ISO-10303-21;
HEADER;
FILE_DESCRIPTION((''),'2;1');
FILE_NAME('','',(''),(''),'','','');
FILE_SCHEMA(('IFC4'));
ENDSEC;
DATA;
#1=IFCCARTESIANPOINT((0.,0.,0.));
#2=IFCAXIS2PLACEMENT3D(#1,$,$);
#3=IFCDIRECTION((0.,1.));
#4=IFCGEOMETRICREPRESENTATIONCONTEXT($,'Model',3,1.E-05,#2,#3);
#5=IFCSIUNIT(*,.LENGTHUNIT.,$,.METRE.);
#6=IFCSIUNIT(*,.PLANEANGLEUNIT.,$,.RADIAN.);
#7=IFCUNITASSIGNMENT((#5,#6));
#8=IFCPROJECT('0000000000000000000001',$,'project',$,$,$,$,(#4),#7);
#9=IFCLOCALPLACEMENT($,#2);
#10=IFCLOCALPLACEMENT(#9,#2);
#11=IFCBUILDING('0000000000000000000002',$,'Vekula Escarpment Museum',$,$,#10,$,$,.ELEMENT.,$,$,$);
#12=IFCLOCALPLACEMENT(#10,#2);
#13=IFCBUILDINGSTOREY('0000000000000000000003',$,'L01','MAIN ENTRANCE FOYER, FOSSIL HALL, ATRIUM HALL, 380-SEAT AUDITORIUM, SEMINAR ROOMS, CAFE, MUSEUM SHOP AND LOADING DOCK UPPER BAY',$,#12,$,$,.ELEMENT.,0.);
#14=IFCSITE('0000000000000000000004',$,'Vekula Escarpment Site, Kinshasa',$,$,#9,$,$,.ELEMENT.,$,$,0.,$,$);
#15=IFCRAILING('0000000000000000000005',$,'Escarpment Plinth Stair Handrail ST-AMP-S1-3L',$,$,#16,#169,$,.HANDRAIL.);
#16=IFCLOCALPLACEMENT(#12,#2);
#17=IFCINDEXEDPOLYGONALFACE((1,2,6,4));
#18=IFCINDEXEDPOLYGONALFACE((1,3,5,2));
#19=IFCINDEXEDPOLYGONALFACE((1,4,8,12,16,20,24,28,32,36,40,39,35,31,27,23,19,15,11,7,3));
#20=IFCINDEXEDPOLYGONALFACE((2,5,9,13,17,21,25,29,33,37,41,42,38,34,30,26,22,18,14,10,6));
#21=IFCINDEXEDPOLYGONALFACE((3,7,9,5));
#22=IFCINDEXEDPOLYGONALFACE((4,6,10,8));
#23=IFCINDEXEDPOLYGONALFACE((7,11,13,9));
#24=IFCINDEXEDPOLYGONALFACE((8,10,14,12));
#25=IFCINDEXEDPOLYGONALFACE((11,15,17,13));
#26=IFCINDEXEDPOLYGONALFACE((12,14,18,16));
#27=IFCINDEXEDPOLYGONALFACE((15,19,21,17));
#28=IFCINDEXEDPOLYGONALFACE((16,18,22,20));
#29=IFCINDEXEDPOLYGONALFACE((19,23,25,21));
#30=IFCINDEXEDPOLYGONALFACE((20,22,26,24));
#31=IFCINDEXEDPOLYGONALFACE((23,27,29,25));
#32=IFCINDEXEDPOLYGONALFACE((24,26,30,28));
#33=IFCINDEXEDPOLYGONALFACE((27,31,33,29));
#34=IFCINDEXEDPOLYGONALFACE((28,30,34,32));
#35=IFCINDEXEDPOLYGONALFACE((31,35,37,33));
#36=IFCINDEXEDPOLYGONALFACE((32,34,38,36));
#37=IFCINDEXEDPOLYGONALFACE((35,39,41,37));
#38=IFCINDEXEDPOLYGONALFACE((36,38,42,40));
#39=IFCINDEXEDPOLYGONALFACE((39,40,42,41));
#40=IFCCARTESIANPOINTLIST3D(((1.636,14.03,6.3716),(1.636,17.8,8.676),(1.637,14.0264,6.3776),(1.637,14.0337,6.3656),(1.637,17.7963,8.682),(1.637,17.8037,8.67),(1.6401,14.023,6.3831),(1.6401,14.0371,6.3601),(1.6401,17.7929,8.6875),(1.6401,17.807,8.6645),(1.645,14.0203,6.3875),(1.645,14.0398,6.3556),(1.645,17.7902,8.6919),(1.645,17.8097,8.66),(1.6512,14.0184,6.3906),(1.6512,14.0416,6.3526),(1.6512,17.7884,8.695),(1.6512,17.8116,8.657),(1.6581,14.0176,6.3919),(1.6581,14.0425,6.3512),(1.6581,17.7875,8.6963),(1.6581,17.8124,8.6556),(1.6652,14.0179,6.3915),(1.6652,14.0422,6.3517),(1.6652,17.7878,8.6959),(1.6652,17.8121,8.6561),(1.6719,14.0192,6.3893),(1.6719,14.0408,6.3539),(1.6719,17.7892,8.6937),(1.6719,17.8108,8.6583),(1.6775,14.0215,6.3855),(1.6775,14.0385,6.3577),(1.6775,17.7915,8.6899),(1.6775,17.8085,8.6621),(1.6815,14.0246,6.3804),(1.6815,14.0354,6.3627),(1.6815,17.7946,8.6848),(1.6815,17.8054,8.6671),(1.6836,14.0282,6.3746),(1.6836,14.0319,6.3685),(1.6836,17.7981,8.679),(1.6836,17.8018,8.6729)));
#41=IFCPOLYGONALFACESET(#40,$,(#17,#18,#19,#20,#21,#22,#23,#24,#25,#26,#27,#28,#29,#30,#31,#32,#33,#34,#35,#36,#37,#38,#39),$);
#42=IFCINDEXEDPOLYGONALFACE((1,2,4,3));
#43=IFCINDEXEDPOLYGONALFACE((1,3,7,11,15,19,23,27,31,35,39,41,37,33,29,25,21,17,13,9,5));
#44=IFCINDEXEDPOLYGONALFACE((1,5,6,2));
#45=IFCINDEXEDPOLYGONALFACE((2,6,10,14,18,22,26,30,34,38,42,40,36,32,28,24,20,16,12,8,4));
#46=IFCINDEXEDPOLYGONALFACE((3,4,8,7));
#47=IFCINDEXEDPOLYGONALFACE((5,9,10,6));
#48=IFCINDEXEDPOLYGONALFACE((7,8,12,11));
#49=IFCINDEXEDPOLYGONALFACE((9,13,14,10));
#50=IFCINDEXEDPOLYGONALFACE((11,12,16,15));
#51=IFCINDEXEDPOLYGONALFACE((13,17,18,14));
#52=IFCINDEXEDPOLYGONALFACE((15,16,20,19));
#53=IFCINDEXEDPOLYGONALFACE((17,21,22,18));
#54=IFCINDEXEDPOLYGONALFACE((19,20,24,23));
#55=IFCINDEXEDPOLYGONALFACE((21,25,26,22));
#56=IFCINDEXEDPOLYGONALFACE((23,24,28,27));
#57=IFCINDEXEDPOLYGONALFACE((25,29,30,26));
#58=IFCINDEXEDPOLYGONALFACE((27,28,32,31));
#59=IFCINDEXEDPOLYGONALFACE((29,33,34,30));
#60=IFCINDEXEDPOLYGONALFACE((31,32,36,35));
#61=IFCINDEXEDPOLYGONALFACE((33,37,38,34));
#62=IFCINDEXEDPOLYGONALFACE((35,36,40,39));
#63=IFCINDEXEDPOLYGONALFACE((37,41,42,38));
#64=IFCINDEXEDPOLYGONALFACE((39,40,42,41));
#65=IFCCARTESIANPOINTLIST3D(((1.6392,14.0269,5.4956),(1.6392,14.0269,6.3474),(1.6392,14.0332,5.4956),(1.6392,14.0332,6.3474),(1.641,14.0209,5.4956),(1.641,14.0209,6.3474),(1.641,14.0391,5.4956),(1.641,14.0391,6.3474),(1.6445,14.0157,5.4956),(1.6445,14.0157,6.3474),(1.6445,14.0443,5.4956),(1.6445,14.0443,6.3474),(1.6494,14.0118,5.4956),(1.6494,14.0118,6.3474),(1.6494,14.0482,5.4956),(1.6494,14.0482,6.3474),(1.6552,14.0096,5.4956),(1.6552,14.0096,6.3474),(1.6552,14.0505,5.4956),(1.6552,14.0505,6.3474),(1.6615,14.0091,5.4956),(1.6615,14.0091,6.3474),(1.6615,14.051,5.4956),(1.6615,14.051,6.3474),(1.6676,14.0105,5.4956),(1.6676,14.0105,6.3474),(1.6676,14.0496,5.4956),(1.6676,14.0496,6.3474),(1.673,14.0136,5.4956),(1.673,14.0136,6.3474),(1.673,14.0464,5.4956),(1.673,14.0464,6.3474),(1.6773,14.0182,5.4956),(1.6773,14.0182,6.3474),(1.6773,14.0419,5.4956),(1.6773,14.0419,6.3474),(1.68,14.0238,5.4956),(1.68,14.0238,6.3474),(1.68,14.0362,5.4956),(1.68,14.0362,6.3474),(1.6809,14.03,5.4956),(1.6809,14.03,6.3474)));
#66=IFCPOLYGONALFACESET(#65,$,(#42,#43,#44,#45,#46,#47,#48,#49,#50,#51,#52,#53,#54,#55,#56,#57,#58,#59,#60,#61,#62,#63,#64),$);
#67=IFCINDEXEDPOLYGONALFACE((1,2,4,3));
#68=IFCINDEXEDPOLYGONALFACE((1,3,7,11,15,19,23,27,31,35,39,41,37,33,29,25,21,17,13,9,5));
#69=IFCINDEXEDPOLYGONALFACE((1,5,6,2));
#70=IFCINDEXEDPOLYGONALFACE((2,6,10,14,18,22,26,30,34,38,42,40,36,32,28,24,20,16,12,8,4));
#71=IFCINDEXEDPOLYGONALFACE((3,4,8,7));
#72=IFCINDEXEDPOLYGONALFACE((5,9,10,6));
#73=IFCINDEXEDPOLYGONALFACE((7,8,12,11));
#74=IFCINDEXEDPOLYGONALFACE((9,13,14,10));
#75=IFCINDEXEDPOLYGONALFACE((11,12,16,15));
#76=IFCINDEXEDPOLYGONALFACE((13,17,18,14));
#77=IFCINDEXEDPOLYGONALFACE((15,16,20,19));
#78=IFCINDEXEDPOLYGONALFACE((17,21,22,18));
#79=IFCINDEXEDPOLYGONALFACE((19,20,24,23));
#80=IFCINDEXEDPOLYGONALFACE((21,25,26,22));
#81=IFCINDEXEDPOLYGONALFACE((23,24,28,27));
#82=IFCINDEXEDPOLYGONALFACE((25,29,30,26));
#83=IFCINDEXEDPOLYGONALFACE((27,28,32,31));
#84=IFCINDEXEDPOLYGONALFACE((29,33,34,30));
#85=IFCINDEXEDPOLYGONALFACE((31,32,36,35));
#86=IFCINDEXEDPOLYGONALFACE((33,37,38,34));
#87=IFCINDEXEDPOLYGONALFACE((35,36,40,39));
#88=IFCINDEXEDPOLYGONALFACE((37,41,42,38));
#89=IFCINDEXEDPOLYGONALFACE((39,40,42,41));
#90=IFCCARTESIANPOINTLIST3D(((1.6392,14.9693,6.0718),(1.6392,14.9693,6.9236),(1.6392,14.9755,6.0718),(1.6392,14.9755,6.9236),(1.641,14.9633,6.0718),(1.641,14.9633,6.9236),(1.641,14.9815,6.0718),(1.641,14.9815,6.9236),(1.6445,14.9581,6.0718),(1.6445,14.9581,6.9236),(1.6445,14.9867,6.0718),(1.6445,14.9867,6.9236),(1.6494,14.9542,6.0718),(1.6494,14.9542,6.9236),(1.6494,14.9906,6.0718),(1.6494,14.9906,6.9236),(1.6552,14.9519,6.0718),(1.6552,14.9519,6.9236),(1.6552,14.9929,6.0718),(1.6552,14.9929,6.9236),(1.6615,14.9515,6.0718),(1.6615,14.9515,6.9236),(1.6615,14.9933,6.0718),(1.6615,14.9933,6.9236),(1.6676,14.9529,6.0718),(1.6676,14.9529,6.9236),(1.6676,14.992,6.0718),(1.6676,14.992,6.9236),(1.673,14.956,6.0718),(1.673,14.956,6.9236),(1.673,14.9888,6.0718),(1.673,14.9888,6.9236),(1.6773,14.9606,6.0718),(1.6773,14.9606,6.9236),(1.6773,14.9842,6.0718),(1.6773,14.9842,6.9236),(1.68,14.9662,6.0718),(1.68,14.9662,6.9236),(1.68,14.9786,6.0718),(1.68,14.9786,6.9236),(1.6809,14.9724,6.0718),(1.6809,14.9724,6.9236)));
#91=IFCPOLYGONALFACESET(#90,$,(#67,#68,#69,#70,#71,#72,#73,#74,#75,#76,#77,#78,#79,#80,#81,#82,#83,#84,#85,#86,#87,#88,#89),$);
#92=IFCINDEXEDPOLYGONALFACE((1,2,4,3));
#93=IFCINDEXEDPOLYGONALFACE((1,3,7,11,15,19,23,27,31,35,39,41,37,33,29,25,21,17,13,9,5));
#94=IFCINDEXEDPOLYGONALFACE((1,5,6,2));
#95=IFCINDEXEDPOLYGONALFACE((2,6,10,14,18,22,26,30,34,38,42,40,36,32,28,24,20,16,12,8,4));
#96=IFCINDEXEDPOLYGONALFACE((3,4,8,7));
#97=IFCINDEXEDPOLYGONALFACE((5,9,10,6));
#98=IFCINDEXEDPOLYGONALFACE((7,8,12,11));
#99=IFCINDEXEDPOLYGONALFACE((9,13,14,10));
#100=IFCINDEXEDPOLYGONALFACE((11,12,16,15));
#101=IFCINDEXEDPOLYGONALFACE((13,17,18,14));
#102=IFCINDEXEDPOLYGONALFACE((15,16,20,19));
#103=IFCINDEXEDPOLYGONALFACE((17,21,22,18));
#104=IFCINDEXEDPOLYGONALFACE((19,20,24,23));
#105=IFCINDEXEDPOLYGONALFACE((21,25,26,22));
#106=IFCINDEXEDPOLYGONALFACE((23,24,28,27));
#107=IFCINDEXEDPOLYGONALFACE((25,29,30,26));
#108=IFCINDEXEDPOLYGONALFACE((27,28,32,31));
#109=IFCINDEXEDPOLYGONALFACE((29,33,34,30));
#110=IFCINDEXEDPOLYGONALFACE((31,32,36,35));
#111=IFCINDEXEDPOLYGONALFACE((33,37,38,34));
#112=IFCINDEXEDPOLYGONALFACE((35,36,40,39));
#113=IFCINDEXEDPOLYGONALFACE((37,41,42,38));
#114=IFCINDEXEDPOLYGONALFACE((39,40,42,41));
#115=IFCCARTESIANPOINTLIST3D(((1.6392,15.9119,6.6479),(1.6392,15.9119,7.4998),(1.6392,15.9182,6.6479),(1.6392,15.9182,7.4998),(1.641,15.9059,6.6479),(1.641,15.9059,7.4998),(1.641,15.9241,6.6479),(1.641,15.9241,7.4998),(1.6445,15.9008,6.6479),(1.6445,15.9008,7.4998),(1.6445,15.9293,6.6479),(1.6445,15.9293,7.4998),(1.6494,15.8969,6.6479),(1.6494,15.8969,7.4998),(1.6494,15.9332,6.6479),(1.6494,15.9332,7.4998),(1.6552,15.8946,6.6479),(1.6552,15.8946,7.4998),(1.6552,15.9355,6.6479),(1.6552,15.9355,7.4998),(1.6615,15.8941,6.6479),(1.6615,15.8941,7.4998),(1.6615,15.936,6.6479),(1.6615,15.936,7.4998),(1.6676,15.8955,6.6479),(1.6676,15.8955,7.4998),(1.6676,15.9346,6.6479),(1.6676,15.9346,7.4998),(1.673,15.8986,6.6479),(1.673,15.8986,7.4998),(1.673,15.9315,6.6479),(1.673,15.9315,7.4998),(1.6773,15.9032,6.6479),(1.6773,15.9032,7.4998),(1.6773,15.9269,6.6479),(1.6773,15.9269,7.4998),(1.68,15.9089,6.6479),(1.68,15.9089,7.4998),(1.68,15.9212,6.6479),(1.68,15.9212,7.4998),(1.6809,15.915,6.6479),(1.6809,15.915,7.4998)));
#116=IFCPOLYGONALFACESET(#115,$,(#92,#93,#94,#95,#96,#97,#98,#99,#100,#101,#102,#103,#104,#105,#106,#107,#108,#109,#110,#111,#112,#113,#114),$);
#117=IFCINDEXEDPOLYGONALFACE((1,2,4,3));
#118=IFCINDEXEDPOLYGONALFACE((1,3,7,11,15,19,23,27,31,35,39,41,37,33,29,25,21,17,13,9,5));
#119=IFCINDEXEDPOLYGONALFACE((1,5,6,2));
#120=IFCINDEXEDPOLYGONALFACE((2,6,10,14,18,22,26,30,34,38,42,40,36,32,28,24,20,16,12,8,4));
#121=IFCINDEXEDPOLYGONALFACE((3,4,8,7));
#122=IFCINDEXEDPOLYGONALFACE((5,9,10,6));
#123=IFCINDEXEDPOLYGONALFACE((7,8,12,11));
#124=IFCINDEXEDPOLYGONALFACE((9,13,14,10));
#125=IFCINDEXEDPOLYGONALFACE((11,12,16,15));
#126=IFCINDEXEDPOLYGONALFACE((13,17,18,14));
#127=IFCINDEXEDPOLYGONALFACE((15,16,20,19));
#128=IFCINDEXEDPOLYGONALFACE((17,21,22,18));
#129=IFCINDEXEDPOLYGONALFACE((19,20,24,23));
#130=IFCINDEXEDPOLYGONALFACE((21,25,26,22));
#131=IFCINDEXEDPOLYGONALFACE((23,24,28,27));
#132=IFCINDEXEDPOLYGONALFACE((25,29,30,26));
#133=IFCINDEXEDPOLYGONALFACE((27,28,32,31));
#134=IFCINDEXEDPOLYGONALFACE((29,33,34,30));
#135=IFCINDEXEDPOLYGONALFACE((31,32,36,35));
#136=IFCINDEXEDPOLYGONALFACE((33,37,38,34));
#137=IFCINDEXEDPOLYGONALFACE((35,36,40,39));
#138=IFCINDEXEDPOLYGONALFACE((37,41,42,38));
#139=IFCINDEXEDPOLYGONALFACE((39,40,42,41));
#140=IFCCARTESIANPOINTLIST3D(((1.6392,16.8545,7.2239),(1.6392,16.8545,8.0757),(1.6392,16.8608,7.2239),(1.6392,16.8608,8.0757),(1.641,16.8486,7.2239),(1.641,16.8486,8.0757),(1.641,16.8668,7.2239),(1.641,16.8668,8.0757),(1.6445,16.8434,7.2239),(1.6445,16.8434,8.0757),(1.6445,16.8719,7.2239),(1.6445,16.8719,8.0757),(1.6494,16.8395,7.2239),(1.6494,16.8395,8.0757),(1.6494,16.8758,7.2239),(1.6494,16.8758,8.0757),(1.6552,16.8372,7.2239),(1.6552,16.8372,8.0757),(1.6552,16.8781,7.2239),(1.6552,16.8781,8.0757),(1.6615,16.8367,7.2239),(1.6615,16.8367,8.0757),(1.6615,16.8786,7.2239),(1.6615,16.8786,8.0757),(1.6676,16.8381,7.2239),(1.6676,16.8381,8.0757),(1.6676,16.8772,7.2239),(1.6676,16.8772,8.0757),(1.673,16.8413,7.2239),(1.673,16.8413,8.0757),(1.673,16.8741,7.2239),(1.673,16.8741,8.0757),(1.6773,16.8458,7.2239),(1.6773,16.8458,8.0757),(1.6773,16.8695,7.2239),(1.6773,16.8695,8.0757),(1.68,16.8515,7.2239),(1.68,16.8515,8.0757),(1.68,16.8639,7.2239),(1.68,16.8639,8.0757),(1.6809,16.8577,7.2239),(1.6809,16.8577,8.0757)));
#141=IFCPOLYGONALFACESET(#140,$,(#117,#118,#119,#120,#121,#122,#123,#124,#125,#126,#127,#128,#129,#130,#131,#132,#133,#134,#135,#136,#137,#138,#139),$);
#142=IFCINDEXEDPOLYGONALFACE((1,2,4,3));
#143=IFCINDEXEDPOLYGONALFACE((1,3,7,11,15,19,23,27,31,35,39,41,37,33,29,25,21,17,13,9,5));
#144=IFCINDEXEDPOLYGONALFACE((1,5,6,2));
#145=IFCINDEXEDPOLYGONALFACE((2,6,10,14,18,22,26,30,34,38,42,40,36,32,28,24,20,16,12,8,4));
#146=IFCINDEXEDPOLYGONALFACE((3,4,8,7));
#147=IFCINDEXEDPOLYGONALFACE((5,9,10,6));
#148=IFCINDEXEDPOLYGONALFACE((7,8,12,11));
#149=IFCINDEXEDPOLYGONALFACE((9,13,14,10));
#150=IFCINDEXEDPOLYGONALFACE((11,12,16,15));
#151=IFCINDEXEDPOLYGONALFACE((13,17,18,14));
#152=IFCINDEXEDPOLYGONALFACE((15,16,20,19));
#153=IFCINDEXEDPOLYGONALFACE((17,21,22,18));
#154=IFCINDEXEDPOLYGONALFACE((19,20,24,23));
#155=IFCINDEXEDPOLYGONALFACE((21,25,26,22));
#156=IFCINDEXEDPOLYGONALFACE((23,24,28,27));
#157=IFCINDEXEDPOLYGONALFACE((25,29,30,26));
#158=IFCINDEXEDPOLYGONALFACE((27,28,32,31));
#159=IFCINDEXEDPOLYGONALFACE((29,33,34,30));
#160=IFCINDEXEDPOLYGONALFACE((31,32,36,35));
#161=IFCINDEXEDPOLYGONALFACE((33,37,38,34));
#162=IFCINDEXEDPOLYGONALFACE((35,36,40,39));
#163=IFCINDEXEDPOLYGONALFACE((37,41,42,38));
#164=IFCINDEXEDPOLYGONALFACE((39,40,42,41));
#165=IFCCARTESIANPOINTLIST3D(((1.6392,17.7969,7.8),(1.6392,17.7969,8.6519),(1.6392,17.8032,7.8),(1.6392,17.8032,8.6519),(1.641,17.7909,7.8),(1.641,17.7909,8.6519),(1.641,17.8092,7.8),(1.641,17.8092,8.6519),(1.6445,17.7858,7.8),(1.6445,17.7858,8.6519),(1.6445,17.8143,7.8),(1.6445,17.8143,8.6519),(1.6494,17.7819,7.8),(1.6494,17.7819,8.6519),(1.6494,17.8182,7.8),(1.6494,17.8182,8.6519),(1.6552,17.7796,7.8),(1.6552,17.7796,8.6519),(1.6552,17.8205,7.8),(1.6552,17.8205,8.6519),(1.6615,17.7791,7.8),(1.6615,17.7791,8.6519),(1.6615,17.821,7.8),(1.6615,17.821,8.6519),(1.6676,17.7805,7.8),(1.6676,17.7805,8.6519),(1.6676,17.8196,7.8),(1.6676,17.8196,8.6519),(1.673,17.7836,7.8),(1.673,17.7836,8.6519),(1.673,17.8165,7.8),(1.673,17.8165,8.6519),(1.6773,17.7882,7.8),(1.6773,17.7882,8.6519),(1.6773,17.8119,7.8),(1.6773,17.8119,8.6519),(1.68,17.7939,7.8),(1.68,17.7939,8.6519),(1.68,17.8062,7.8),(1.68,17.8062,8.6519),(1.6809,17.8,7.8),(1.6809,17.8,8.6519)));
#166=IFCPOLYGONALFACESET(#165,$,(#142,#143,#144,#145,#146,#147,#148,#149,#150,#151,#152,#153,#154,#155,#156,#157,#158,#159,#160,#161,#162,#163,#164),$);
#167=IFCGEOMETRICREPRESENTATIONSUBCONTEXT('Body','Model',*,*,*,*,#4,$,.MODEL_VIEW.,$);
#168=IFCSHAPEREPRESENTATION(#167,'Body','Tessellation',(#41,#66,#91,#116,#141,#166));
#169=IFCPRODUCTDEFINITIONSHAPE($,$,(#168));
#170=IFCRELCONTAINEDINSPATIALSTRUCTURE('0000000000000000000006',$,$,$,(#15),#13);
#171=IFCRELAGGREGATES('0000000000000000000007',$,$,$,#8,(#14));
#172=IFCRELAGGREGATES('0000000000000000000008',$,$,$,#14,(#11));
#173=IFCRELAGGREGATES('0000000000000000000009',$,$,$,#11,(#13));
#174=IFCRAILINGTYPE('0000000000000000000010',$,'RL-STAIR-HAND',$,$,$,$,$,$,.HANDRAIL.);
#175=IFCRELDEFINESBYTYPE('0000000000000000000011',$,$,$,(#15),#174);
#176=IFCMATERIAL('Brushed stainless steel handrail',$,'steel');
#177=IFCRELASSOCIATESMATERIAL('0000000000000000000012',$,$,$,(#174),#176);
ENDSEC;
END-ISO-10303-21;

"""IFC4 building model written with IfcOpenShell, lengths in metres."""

from ifc_helpers import new_model, si_unit, direction, frame, origin, origin_2d, place, context, subcontext, project, spatial, circle, extrude, material, type_object, element, save


model = new_model("IFC4")

# Units and contexts
model_context = context("Model", 3, precision=1e-05, world=origin(), true_north=direction((0.0, 1.0)))
body_context = subcontext(model_context, "Body", "Model", "MODEL_VIEW")
ifc_project = project(units=[si_unit("LENGTHUNIT", "METRE"), si_unit("PLANEANGLEUNIT", "RADIAN")], contexts=[model_context])

# Site, building, storey
site_placement = place(None, origin())
site = spatial("IfcSite", under=ifc_project, at=site_placement, Name="Vekula Escarpment Site, Kinshasa", CompositionType="ELEMENT", RefElevation=0.0)
building_placement = place(site_placement, origin())
building = spatial("IfcBuilding", under=site, at=building_placement, Name="Vekula Escarpment Museum", CompositionType="ELEMENT")
storey_placement = place(building_placement, origin())
storey = spatial("IfcBuildingStorey", under=building, at=storey_placement, Name="L01", Description="MAIN ENTRANCE FOYER, FOSSIL HALL, ATRIUM HALL, 380-SEAT AUDITORIUM, SEMINAR ROOMS, CAFE, MUSEUM SHOP AND LOADING DOCK UPPER BAY", CompositionType="ELEMENT", Elevation=0.0)

# Railing
ifc_material_1 = material(Name="Brushed stainless steel handrail", Category="steel")
railing_type_1 = type_object("IfcRailingType", Name="RL-STAIR-HAND", PredefinedType="HANDRAIL", material=ifc_material_1)
railing_1_placement = place(storey_placement, frame((1.6599, 14.03, 5.4956)))
element("IfcRailing", 1, at=railing_1_placement, inside=storey, type_object=railing_type_1, Name="Escarpment Plinth Stair Handrail ST-AMP-S1-3L", PredefinedType="HANDRAIL", context=body_context, shape_type="SweptSolid", body=[
    extrude(circle(Radius=0.0239, at=origin_2d()), frame((0.0, 0.0, 0.876), z_axis=(0.0, 0.853227, 0.521539), x_axis=(-1.0, 0.0, 0.0)), (0.0, 0.0, 1.0), 4.4185),
    extrude(circle(Radius=0.021, at=origin_2d()), origin(), (0.0, 0.0, 1.0), 0.8518),
    extrude(circle(Radius=0.021, at=origin_2d()), frame((0.0, 0.9424, 0.5762)), (0.0, 0.0, 1.0), 0.8518),
    extrude(circle(Radius=0.021, at=origin_2d()), frame((0.0, 1.885, 1.1523)), (0.0, 0.0, 1.0), 0.8518),
    extrude(circle(Radius=0.021, at=origin_2d()), frame((0.0, 2.8276, 1.7283)), (0.0, 0.0, 1.0), 0.8518),
    extrude(circle(Radius=0.021, at=origin_2d()), frame((0.0, 3.77, 2.3044)), (0.0, 0.0, 1.0), 0.8518),
])

save(model, "model.ifc")
